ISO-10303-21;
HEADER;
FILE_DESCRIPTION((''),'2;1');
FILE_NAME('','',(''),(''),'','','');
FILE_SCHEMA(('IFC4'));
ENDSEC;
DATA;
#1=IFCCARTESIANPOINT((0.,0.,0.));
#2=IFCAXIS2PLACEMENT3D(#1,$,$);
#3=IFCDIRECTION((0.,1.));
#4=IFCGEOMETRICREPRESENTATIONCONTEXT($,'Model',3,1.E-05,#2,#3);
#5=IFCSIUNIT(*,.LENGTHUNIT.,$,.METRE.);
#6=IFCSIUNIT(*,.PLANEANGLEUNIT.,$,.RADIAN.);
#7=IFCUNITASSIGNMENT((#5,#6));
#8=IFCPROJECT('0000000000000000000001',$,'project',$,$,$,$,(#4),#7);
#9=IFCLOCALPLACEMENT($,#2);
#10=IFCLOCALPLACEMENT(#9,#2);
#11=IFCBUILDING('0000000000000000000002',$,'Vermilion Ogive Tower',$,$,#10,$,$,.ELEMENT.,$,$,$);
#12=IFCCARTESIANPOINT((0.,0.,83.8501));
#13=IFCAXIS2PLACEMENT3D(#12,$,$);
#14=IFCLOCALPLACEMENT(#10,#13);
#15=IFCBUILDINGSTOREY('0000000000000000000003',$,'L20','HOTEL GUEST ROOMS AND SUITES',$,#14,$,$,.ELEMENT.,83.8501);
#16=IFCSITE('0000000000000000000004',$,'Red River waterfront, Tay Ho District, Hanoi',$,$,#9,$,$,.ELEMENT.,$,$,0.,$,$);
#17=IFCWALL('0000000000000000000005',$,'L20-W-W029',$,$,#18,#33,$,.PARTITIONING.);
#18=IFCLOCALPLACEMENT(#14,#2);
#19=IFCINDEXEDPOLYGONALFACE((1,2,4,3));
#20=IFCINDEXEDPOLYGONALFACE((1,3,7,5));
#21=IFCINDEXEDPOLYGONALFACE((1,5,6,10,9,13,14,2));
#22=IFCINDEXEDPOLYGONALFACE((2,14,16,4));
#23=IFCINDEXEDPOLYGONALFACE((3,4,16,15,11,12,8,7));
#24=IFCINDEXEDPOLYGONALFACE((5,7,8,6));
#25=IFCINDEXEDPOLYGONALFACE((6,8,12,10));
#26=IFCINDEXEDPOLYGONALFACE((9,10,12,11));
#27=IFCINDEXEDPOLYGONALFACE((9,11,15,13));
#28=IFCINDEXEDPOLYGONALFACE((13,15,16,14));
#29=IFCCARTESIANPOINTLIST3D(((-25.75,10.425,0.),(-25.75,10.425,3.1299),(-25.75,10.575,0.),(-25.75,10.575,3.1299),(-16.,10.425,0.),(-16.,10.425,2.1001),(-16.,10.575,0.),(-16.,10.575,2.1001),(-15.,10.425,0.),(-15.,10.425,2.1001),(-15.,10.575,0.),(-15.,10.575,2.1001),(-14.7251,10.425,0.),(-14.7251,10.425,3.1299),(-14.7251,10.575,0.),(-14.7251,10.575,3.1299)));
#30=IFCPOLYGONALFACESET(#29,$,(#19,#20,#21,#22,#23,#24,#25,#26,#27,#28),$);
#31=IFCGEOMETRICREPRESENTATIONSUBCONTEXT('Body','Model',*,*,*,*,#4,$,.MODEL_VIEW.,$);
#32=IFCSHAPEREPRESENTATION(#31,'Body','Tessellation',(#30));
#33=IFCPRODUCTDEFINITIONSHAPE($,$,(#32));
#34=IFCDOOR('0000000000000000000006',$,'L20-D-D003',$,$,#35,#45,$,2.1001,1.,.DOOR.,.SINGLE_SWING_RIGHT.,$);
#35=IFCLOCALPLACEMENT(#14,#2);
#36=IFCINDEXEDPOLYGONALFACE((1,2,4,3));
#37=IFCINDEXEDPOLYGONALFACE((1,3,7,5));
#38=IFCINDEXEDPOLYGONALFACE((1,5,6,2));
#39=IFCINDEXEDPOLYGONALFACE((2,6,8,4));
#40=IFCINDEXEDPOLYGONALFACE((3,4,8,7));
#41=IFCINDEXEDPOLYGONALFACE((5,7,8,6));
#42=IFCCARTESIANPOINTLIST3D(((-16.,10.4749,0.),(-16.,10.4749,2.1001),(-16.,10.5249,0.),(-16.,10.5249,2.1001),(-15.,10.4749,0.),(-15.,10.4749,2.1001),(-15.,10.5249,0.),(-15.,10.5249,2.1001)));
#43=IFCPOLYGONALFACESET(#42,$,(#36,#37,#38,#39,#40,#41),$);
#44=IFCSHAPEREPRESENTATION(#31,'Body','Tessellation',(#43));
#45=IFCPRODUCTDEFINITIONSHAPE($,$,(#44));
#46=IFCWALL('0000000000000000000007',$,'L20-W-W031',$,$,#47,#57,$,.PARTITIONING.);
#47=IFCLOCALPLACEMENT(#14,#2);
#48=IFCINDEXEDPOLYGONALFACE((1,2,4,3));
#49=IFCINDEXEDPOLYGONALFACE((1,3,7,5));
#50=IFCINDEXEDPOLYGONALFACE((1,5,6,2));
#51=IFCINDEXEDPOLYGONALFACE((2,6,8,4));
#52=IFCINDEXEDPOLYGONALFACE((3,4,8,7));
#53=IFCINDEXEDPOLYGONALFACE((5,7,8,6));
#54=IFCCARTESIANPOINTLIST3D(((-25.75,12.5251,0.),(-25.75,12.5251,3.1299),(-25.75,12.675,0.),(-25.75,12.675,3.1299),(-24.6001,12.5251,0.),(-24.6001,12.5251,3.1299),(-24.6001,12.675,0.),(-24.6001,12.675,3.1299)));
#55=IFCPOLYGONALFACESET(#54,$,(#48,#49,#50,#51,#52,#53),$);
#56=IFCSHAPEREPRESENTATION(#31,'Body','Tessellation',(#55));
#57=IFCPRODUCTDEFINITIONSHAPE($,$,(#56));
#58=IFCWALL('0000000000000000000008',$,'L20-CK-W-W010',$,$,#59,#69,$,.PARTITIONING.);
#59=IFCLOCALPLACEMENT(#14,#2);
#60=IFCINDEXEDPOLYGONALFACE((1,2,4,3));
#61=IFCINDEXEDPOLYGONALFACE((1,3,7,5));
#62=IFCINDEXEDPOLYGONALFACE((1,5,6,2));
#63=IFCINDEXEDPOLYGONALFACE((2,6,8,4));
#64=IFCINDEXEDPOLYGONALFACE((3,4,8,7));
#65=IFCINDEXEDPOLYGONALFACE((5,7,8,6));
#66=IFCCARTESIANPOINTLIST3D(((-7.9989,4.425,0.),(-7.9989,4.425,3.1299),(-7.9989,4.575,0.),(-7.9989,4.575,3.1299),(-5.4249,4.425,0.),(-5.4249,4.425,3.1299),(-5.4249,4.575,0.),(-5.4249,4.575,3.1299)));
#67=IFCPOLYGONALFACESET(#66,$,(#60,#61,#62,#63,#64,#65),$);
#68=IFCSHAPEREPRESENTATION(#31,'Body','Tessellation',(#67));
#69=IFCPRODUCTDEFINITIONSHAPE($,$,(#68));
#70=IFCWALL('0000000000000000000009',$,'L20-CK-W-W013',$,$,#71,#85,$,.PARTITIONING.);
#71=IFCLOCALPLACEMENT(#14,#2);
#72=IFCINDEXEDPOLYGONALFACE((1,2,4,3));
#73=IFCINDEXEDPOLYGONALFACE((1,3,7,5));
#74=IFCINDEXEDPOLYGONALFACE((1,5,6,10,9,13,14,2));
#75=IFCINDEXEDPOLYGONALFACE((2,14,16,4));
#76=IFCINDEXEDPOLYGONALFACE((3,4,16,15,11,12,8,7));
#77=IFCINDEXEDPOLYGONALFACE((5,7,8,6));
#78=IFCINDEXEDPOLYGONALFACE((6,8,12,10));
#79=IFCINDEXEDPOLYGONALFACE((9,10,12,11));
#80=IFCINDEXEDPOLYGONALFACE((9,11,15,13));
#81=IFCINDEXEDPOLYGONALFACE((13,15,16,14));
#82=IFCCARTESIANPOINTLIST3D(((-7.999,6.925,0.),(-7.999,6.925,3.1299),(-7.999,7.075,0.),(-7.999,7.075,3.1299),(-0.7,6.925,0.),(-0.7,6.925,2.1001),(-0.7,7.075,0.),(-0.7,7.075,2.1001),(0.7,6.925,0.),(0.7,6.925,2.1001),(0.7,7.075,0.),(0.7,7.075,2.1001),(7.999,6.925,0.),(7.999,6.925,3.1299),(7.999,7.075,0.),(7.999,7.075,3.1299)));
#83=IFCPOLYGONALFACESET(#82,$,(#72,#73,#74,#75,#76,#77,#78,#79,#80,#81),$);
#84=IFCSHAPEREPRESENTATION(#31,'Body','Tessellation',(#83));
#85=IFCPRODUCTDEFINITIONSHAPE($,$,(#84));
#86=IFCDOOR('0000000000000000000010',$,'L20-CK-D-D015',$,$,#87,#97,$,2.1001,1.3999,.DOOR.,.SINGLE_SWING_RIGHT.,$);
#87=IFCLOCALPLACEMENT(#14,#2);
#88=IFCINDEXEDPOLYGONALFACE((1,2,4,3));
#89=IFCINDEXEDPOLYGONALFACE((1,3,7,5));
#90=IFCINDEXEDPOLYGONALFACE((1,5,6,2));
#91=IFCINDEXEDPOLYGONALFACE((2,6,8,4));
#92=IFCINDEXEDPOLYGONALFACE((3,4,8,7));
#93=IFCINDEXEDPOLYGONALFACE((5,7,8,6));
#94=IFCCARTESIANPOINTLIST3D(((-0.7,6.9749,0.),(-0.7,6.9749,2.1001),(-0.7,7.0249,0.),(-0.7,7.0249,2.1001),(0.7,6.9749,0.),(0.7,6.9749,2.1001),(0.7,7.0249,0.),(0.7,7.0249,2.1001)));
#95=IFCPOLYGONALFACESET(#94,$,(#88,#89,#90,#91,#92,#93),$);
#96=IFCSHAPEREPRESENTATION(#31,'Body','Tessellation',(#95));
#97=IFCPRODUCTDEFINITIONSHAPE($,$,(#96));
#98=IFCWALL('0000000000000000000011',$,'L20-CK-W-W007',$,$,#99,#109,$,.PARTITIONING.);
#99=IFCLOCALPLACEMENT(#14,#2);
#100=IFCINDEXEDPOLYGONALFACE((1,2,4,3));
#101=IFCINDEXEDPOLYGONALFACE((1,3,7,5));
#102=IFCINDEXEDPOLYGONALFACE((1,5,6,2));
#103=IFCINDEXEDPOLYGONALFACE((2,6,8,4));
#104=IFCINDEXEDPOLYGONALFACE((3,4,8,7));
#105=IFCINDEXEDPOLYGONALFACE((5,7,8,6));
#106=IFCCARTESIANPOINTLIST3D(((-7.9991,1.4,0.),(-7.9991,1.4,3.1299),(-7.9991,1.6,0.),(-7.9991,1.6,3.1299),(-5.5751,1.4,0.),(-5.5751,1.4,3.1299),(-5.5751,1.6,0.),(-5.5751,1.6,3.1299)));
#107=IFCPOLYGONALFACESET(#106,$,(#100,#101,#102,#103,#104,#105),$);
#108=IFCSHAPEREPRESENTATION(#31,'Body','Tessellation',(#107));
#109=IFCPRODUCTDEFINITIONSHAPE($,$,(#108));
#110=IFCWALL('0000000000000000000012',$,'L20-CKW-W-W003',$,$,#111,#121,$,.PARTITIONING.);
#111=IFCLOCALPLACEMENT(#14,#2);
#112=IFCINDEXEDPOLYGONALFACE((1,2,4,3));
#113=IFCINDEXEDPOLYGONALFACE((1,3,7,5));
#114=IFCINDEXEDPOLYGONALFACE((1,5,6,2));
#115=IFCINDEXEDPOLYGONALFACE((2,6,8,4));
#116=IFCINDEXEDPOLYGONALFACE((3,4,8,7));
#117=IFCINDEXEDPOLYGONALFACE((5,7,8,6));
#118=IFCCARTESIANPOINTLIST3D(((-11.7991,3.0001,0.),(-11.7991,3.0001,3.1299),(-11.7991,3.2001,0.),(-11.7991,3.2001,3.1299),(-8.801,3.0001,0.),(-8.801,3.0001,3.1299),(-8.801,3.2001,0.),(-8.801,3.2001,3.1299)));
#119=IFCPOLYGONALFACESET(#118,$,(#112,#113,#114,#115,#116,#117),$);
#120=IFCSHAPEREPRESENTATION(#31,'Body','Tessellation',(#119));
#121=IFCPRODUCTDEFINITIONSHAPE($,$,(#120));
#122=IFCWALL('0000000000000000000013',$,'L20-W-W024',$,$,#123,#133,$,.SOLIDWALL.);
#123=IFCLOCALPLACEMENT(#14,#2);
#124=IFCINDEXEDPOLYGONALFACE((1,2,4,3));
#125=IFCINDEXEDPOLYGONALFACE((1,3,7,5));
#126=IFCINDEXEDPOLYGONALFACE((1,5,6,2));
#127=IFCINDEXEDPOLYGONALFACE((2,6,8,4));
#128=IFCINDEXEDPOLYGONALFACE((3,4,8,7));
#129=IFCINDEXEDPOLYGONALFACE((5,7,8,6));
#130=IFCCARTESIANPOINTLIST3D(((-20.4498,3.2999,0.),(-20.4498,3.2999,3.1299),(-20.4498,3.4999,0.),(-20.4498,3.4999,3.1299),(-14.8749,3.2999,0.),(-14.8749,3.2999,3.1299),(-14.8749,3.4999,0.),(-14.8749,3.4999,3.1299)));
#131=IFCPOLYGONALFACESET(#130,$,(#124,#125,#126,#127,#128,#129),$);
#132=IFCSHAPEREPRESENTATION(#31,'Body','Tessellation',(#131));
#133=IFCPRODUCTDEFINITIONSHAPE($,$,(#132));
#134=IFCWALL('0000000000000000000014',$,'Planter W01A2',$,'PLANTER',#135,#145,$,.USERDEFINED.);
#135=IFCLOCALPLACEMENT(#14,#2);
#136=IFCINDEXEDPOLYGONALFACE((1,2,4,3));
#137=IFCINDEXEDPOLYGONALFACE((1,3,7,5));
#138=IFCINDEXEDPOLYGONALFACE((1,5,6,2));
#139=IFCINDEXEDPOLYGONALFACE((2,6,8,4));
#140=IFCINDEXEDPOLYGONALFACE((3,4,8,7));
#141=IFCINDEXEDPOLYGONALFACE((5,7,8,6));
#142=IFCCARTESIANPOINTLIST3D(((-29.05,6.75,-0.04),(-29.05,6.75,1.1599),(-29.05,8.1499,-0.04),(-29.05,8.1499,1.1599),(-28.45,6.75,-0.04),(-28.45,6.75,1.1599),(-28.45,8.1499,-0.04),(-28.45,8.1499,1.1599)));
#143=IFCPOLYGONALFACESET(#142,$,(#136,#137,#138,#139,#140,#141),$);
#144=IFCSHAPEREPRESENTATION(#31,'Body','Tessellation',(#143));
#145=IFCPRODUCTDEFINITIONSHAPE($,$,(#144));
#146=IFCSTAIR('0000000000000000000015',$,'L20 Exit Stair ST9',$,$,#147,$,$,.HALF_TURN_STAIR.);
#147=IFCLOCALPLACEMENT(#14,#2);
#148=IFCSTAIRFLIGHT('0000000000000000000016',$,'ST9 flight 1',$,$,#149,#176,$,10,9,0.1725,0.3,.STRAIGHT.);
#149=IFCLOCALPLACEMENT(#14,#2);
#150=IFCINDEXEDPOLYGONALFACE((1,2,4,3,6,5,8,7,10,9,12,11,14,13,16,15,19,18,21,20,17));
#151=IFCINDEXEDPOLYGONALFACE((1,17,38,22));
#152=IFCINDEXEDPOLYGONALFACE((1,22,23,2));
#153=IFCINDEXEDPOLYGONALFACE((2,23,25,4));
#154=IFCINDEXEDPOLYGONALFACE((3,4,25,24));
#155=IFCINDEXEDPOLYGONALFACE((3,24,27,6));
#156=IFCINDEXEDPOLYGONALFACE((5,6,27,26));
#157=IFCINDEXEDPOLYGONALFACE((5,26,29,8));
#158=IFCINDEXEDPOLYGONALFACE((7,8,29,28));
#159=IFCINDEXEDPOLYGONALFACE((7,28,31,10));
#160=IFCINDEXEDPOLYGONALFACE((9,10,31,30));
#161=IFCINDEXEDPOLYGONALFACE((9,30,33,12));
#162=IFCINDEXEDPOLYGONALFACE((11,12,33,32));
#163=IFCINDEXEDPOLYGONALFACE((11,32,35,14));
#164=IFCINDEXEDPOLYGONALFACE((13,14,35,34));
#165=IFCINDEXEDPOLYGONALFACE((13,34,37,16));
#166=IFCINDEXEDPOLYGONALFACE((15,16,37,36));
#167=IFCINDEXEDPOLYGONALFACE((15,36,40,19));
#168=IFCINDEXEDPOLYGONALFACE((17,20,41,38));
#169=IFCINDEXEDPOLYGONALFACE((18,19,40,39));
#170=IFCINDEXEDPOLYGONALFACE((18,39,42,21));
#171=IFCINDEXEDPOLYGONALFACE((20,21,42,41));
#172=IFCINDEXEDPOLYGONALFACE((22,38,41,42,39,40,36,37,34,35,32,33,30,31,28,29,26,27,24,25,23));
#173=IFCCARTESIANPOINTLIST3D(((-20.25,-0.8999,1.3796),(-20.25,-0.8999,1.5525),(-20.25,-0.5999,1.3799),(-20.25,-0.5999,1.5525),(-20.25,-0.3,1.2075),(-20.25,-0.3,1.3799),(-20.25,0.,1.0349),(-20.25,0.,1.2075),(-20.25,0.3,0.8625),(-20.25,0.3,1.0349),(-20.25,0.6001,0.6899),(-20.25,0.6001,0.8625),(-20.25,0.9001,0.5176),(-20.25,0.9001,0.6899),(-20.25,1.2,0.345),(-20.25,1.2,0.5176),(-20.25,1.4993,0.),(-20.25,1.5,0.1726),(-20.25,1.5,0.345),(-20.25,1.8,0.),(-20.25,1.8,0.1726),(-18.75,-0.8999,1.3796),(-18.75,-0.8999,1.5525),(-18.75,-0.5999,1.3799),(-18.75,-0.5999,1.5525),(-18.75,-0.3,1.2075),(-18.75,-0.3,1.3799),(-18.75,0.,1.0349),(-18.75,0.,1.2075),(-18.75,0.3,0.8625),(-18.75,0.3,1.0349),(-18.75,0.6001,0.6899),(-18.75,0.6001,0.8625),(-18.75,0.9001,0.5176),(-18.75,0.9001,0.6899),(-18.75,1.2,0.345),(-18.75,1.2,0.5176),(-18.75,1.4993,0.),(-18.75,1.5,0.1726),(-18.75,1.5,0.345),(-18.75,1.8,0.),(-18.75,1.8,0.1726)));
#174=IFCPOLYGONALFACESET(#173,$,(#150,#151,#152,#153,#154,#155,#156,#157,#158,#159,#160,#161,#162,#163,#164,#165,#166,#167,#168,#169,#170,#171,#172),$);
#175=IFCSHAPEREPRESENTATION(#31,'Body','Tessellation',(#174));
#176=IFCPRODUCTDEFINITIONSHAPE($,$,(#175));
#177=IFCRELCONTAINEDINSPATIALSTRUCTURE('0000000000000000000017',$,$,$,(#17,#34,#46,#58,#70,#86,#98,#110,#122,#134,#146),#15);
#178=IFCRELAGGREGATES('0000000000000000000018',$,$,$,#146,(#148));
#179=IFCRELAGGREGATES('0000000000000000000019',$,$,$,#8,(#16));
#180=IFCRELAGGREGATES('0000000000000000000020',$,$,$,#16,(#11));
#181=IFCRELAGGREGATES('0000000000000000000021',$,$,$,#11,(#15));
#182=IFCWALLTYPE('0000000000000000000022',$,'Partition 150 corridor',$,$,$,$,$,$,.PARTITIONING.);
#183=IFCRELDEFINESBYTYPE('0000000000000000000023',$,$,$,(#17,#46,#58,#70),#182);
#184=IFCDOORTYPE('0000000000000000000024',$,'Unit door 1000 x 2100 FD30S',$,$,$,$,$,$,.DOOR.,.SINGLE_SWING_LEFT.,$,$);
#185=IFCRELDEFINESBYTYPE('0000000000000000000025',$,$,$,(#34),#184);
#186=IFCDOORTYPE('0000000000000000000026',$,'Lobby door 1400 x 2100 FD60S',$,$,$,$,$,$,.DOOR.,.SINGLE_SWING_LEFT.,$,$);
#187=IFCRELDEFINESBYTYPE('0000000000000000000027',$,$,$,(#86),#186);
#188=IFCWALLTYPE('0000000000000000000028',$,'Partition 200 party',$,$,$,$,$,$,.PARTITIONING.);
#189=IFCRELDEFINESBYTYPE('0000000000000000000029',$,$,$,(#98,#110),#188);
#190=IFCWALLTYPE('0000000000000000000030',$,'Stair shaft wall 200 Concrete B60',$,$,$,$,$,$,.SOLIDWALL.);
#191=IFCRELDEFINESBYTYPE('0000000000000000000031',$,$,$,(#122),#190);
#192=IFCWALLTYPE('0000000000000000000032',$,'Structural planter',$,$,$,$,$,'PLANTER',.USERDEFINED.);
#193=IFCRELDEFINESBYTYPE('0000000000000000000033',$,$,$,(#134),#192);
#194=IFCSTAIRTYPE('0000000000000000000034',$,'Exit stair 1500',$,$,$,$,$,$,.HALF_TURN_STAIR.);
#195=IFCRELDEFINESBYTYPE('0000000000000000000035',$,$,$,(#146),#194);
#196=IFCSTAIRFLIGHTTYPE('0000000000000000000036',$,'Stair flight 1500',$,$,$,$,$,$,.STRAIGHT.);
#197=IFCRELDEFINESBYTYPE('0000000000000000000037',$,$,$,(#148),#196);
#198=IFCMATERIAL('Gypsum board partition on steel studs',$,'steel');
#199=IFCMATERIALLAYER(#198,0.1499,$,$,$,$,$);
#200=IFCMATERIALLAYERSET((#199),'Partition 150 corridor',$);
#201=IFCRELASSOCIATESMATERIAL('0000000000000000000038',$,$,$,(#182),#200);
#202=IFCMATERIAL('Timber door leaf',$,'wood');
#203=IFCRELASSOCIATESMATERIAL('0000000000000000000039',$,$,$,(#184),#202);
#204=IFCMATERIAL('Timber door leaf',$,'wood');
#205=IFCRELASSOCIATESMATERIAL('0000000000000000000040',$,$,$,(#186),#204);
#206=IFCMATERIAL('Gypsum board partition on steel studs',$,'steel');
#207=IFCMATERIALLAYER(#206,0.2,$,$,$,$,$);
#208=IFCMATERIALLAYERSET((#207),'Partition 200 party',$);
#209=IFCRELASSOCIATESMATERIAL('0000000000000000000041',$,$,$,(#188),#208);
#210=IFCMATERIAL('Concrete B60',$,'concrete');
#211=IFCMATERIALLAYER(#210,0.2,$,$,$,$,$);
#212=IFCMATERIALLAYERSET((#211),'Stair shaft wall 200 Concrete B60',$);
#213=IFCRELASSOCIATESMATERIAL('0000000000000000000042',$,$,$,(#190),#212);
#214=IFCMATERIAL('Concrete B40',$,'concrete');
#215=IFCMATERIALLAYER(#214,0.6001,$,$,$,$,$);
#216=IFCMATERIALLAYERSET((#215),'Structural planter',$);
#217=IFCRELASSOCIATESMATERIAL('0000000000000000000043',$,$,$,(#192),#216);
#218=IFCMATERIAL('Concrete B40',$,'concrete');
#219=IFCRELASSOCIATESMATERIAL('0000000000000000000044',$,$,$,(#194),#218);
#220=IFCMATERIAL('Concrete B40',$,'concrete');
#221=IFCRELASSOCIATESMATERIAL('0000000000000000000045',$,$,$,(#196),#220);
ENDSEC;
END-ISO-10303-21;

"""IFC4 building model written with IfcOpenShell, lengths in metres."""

from ifc_helpers import new_model, si_unit, direction, frame, frame_2d, origin, place, context, subcontext, project, spatial, polyline, rectangle, outline, extrude, material, layer, layer_set, type_object, element, fill, aggregate, save


model = new_model("IFC4")

# Units and contexts
model_context = context("Model", 3, precision=1e-05, world=origin(), true_north=direction((0.0, 1.0)))
body_context = subcontext(model_context, "Body", "Model", "MODEL_VIEW")
ifc_project = project(units=[si_unit("LENGTHUNIT", "METRE"), si_unit("PLANEANGLEUNIT", "RADIAN")], contexts=[model_context])

# Site, building, storey
site_placement = place(None, origin())
site = spatial("IfcSite", under=ifc_project, at=site_placement, Name="Red River waterfront, Tay Ho District, Hanoi", CompositionType="ELEMENT", RefElevation=0.0)
building_placement = place(site_placement, origin())
building = spatial("IfcBuilding", under=site, at=building_placement, Name="Vermilion Ogive Tower", CompositionType="ELEMENT")
storey_placement = place(building_placement, frame((0.0, 0.0, 83.8501)))
storey = spatial("IfcBuildingStorey", under=building, at=storey_placement, Name="L20", Description="HOTEL GUEST ROOMS AND SUITES", CompositionType="ELEMENT", Elevation=83.8501)

# Wall, opening, door
ifc_material_1 = material(Name="Gypsum board partition on steel studs", Category="steel")
ifc_layer_1 = layer(ifc_material_1, 0.1499)
ifc_layer_set_1 = layer_set([ifc_layer_1], Name="Partition 150 corridor")
wall_type_1 = type_object("IfcWallType", Name="Partition 150 corridor", PredefinedType="PARTITIONING", material=ifc_layer_set_1)
wall_1_placement = place(storey_placement, frame((-25.75, 10.5, 0.0), z_axis=(0.0, 0.0, 1.0), x_axis=(1.0, 0.0, 0.0)))
wall_1 = element("IfcWall", 1, at=wall_1_placement, inside=storey, type_object=wall_type_1, Name="L20-W-W029", PredefinedType="PARTITIONING", context=body_context, shape_type="SweptSolid", body=[
    extrude(rectangle(XDim=11.0249, YDim=0.1499, at=frame_2d((5.5125, 0.0))), origin(), (0.0, 0.0, 1.0), 3.1299),
])
opening_1_placement = place(wall_1_placement, frame((9.75, 0.0, 0.0)))
opening_1 = element("IfcOpeningElement", 2, at=opening_1_placement, cuts=wall_1, PredefinedType="OPENING", context=body_context, shape_type="SweptSolid", body=[
    extrude(rectangle(XDim=1.0, YDim=2.1001, at=frame_2d((0.5, 1.05))), frame((0.0, 0.085, 0.0), z_axis=(0.0, -1.0, 0.0), x_axis=(1.0, 0.0, 0.0)), (0.0, 0.0, 1.0), 0.1699),
])
ifc_material_2 = material(Name="Timber door leaf", Category="wood")
door_type_1 = type_object("IfcDoorType", Name="Unit door 1000 x 2100 FD30S", OperationType="SINGLE_SWING_LEFT", PredefinedType="DOOR", material=ifc_material_2)
door_1_placement = place(opening_1_placement, origin())
door_1 = element("IfcDoor", 3, at=door_1_placement, inside=storey, type_object=door_type_1, Name="L20-D-D003", OperationType="SINGLE_SWING_RIGHT", OverallHeight=2.1001, OverallWidth=1.0, PredefinedType="DOOR", context=body_context, shape_type="SweptSolid", body=[
    extrude(rectangle(XDim=1.0, YDim=2.1001, at=frame_2d((0.5, 1.05))), frame((0.0, 0.0249, 0.0), z_axis=(0.0, -1.0, 0.0), x_axis=(1.0, 0.0, 0.0)), (0.0, 0.0, 1.0), 0.05),
])
fill(opening_1, door_1)

# Walls
wall_2_placement = place(storey_placement, frame((-25.75, 12.6001, 0.0), z_axis=(0.0, 0.0, 1.0), x_axis=(1.0, 0.0, 0.0)))
element("IfcWall", 4, at=wall_2_placement, inside=storey, type_object=wall_type_1, Name="L20-W-W031", PredefinedType="PARTITIONING", context=body_context, shape_type="SweptSolid", body=[
    extrude(rectangle(XDim=1.1499, YDim=0.1499, at=frame_2d((0.575, 0.0))), origin(), (0.0, 0.0, 1.0), 3.1299),
])
wall_3_placement = place(storey_placement, frame((-7.999, 4.5, 0.0), z_axis=(0.0, 0.0, 1.0), x_axis=(1.0, 0.0, 0.0)))
element("IfcWall", 5, at=wall_3_placement, inside=storey, type_object=wall_type_1, Name="L20-CK-W-W010", PredefinedType="PARTITIONING", context=body_context, shape_type="SweptSolid", body=[
    extrude(rectangle(XDim=2.574, YDim=0.1499, at=frame_2d((1.2871, 0.0))), origin(), (0.0, 0.0, 1.0), 3.1299),
])

# Wall, opening, door
wall_4_placement = place(storey_placement, frame((-7.999, 7.0, 0.0), z_axis=(0.0, 0.0, 1.0), x_axis=(1.0, 0.0, 0.0)))
wall_4 = element("IfcWall", 6, at=wall_4_placement, inside=storey, type_object=wall_type_1, Name="L20-CK-W-W013", PredefinedType="PARTITIONING", context=body_context, shape_type="SweptSolid", body=[
    extrude(rectangle(XDim=15.998, YDim=0.1499, at=frame_2d((7.999, 0.0))), origin(), (0.0, 0.0, 1.0), 3.1299),
])
opening_2_placement = place(wall_4_placement, frame((7.2991, 0.0, 0.0)))
opening_2 = element("IfcOpeningElement", 7, at=opening_2_placement, cuts=wall_4, PredefinedType="OPENING", context=body_context, shape_type="SweptSolid", body=[
    extrude(rectangle(XDim=1.3999, YDim=2.1001, at=frame_2d((0.7, 1.05))), frame((0.0, 0.085, 0.0), z_axis=(0.0, -1.0, 0.0), x_axis=(1.0, 0.0, 0.0)), (0.0, 0.0, 1.0), 0.1699),
])
ifc_material_3 = material(Name="Timber door leaf", Category="wood")
door_type_2 = type_object("IfcDoorType", Name="Lobby door 1400 x 2100 FD60S", OperationType="SINGLE_SWING_LEFT", PredefinedType="DOOR", material=ifc_material_3)
door_2_placement = place(opening_2_placement, origin())
door_2 = element("IfcDoor", 8, at=door_2_placement, inside=storey, type_object=door_type_2, Name="L20-CK-D-D015", OperationType="SINGLE_SWING_RIGHT", OverallHeight=2.1001, OverallWidth=1.3999, PredefinedType="DOOR", context=body_context, shape_type="SweptSolid", body=[
    extrude(rectangle(XDim=1.3999, YDim=2.1001, at=frame_2d((0.7, 1.05))), frame((0.0, 0.0249, 0.0), z_axis=(0.0, -1.0, 0.0), x_axis=(1.0, 0.0, 0.0)), (0.0, 0.0, 1.0), 0.05),
])
fill(opening_2, door_2)

# Walls
ifc_material_4 = material(Name="Gypsum board partition on steel studs", Category="steel")
ifc_layer_2 = layer(ifc_material_4, 0.2)
ifc_layer_set_2 = layer_set([ifc_layer_2], Name="Partition 200 party")
wall_type_2 = type_object("IfcWallType", Name="Partition 200 party", PredefinedType="PARTITIONING", material=ifc_layer_set_2)
wall_5_placement = place(storey_placement, frame((-7.999, 1.5, 0.0), z_axis=(0.0, 0.0, 1.0), x_axis=(1.0, 0.0, 0.0)))
element("IfcWall", 9, at=wall_5_placement, inside=storey, type_object=wall_type_2, Name="L20-CK-W-W007", PredefinedType="PARTITIONING", context=body_context, shape_type="SweptSolid", body=[
    extrude(rectangle(XDim=2.4241, YDim=0.2, at=frame_2d((1.2119, 0.0))), origin(), (0.0, 0.0, 1.0), 3.1299),
])
wall_6_placement = place(storey_placement, frame((-11.7991, 3.1001, 0.0), z_axis=(0.0, 0.0, 1.0), x_axis=(1.0, 0.0, 0.0)))
element("IfcWall", 10, at=wall_6_placement, inside=storey, type_object=wall_type_2, Name="L20-CKW-W-W003", PredefinedType="PARTITIONING", context=body_context, shape_type="SweptSolid", body=[
    extrude(rectangle(XDim=2.998, YDim=0.2, at=frame_2d((1.499, 0.0))), origin(), (0.0, 0.0, 1.0), 3.1299),
])
ifc_material_5 = material(Name="Concrete B60", Category="concrete")
ifc_layer_3 = layer(ifc_material_5, 0.2)
ifc_layer_set_3 = layer_set([ifc_layer_3], Name="Stair shaft wall 200 Concrete B60")
wall_type_3 = type_object("IfcWallType", Name="Stair shaft wall 200 Concrete B60", PredefinedType="SOLIDWALL", material=ifc_layer_set_3)
wall_7_placement = place(storey_placement, frame((-20.45, 3.3999, 0.0), z_axis=(0.0, 0.0, 1.0), x_axis=(1.0, 0.0, 0.0)))
element("IfcWall", 11, at=wall_7_placement, inside=storey, type_object=wall_type_3, Name="L20-W-W024", PredefinedType="SOLIDWALL", context=body_context, shape_type="SweptSolid", body=[
    extrude(rectangle(XDim=5.575, YDim=0.2, at=frame_2d((2.7876, 0.0))), origin(), (0.0, 0.0, 1.0), 3.1299),
])
ifc_material_6 = material(Name="Concrete B40", Category="concrete")
ifc_layer_4 = layer(ifc_material_6, 0.6001)
ifc_layer_set_4 = layer_set([ifc_layer_4], Name="Structural planter")
wall_type_4 = type_object("IfcWallType", Name="Structural planter", ElementType="PLANTER", PredefinedType="USERDEFINED", material=ifc_layer_set_4)
wall_8_placement = place(storey_placement, frame((-28.75, 8.1499, -0.04), z_axis=(0.0, 0.0, 1.0), x_axis=(0.0, -1.0, 0.0)))
element("IfcWall", 12, at=wall_8_placement, inside=storey, type_object=wall_type_4, Name="Planter W01A2", ObjectType="PLANTER", PredefinedType="USERDEFINED", context=body_context, shape_type="SweptSolid", body=[
    extrude(rectangle(XDim=1.3999, YDim=0.6001, at=frame_2d((0.7, 0.0))), origin(), (0.0, 0.0, 1.0), 1.2),
])

# Stair, stair flight
ifc_material_7 = material(Name="Concrete B40", Category="concrete")
stair_type = type_object("IfcStairType", Name="Exit stair 1500", PredefinedType="HALF_TURN_STAIR", material=ifc_material_7)
stair_placement = place(storey_placement, origin())
stair = element("IfcStair", 13, at=stair_placement, inside=storey, type_object=stair_type, Name="L20 Exit Stair ST9", PredefinedType="HALF_TURN_STAIR")
ifc_material_8 = material(Name="Concrete B40", Category="concrete")
stair_flight_type = type_object("IfcStairFlightType", Name="Stair flight 1500", PredefinedType="STRAIGHT", material=ifc_material_8)
stair_flight_placement = place(storey_placement, frame((-19.5, 1.8, 0.0), z_axis=(0.0, 0.0, 1.0), x_axis=(0.0, -1.0, 0.0)))
stair_flight = element("IfcStairFlight", 14, at=stair_flight_placement, type_object=stair_flight_type, Name="ST9 flight 1", NumberOfRisers=10, NumberOfTreads=9, PredefinedType="STRAIGHT", RiserHeight=0.1725, TreadLength=0.3, context=body_context, shape_type="SweptSolid", body=[
    extrude(outline(polyline([(0.0, 0.0), (0.0, 0.1726), (0.3, 0.1726), (0.3, 0.345), (0.6001, 0.345), (0.6001, 0.5176), (0.8999, 0.5176), (0.8999, 0.6899), (1.2, 0.6899), (1.2, 0.8625), (1.5, 0.8625), (1.5, 1.0349), (1.8, 1.0349), (1.8, 1.2075), (2.1001, 1.2075), (2.1001, 1.3799), (2.3999, 1.3799), (2.3999, 1.5525), (2.7, 1.5525), (2.7, 1.7251), (2.7, 1.3796), (0.3008, 0.0), (0.0, 0.0)])), frame((0.0, 0.75, 0.0), z_axis=(0.0, -1.0, 0.0), x_axis=(1.0, 0.0, 0.0)), (0.0, 0.0, 1.0), 1.5),
])
aggregate(stair, [stair_flight])

save(model, "model.ifc")
